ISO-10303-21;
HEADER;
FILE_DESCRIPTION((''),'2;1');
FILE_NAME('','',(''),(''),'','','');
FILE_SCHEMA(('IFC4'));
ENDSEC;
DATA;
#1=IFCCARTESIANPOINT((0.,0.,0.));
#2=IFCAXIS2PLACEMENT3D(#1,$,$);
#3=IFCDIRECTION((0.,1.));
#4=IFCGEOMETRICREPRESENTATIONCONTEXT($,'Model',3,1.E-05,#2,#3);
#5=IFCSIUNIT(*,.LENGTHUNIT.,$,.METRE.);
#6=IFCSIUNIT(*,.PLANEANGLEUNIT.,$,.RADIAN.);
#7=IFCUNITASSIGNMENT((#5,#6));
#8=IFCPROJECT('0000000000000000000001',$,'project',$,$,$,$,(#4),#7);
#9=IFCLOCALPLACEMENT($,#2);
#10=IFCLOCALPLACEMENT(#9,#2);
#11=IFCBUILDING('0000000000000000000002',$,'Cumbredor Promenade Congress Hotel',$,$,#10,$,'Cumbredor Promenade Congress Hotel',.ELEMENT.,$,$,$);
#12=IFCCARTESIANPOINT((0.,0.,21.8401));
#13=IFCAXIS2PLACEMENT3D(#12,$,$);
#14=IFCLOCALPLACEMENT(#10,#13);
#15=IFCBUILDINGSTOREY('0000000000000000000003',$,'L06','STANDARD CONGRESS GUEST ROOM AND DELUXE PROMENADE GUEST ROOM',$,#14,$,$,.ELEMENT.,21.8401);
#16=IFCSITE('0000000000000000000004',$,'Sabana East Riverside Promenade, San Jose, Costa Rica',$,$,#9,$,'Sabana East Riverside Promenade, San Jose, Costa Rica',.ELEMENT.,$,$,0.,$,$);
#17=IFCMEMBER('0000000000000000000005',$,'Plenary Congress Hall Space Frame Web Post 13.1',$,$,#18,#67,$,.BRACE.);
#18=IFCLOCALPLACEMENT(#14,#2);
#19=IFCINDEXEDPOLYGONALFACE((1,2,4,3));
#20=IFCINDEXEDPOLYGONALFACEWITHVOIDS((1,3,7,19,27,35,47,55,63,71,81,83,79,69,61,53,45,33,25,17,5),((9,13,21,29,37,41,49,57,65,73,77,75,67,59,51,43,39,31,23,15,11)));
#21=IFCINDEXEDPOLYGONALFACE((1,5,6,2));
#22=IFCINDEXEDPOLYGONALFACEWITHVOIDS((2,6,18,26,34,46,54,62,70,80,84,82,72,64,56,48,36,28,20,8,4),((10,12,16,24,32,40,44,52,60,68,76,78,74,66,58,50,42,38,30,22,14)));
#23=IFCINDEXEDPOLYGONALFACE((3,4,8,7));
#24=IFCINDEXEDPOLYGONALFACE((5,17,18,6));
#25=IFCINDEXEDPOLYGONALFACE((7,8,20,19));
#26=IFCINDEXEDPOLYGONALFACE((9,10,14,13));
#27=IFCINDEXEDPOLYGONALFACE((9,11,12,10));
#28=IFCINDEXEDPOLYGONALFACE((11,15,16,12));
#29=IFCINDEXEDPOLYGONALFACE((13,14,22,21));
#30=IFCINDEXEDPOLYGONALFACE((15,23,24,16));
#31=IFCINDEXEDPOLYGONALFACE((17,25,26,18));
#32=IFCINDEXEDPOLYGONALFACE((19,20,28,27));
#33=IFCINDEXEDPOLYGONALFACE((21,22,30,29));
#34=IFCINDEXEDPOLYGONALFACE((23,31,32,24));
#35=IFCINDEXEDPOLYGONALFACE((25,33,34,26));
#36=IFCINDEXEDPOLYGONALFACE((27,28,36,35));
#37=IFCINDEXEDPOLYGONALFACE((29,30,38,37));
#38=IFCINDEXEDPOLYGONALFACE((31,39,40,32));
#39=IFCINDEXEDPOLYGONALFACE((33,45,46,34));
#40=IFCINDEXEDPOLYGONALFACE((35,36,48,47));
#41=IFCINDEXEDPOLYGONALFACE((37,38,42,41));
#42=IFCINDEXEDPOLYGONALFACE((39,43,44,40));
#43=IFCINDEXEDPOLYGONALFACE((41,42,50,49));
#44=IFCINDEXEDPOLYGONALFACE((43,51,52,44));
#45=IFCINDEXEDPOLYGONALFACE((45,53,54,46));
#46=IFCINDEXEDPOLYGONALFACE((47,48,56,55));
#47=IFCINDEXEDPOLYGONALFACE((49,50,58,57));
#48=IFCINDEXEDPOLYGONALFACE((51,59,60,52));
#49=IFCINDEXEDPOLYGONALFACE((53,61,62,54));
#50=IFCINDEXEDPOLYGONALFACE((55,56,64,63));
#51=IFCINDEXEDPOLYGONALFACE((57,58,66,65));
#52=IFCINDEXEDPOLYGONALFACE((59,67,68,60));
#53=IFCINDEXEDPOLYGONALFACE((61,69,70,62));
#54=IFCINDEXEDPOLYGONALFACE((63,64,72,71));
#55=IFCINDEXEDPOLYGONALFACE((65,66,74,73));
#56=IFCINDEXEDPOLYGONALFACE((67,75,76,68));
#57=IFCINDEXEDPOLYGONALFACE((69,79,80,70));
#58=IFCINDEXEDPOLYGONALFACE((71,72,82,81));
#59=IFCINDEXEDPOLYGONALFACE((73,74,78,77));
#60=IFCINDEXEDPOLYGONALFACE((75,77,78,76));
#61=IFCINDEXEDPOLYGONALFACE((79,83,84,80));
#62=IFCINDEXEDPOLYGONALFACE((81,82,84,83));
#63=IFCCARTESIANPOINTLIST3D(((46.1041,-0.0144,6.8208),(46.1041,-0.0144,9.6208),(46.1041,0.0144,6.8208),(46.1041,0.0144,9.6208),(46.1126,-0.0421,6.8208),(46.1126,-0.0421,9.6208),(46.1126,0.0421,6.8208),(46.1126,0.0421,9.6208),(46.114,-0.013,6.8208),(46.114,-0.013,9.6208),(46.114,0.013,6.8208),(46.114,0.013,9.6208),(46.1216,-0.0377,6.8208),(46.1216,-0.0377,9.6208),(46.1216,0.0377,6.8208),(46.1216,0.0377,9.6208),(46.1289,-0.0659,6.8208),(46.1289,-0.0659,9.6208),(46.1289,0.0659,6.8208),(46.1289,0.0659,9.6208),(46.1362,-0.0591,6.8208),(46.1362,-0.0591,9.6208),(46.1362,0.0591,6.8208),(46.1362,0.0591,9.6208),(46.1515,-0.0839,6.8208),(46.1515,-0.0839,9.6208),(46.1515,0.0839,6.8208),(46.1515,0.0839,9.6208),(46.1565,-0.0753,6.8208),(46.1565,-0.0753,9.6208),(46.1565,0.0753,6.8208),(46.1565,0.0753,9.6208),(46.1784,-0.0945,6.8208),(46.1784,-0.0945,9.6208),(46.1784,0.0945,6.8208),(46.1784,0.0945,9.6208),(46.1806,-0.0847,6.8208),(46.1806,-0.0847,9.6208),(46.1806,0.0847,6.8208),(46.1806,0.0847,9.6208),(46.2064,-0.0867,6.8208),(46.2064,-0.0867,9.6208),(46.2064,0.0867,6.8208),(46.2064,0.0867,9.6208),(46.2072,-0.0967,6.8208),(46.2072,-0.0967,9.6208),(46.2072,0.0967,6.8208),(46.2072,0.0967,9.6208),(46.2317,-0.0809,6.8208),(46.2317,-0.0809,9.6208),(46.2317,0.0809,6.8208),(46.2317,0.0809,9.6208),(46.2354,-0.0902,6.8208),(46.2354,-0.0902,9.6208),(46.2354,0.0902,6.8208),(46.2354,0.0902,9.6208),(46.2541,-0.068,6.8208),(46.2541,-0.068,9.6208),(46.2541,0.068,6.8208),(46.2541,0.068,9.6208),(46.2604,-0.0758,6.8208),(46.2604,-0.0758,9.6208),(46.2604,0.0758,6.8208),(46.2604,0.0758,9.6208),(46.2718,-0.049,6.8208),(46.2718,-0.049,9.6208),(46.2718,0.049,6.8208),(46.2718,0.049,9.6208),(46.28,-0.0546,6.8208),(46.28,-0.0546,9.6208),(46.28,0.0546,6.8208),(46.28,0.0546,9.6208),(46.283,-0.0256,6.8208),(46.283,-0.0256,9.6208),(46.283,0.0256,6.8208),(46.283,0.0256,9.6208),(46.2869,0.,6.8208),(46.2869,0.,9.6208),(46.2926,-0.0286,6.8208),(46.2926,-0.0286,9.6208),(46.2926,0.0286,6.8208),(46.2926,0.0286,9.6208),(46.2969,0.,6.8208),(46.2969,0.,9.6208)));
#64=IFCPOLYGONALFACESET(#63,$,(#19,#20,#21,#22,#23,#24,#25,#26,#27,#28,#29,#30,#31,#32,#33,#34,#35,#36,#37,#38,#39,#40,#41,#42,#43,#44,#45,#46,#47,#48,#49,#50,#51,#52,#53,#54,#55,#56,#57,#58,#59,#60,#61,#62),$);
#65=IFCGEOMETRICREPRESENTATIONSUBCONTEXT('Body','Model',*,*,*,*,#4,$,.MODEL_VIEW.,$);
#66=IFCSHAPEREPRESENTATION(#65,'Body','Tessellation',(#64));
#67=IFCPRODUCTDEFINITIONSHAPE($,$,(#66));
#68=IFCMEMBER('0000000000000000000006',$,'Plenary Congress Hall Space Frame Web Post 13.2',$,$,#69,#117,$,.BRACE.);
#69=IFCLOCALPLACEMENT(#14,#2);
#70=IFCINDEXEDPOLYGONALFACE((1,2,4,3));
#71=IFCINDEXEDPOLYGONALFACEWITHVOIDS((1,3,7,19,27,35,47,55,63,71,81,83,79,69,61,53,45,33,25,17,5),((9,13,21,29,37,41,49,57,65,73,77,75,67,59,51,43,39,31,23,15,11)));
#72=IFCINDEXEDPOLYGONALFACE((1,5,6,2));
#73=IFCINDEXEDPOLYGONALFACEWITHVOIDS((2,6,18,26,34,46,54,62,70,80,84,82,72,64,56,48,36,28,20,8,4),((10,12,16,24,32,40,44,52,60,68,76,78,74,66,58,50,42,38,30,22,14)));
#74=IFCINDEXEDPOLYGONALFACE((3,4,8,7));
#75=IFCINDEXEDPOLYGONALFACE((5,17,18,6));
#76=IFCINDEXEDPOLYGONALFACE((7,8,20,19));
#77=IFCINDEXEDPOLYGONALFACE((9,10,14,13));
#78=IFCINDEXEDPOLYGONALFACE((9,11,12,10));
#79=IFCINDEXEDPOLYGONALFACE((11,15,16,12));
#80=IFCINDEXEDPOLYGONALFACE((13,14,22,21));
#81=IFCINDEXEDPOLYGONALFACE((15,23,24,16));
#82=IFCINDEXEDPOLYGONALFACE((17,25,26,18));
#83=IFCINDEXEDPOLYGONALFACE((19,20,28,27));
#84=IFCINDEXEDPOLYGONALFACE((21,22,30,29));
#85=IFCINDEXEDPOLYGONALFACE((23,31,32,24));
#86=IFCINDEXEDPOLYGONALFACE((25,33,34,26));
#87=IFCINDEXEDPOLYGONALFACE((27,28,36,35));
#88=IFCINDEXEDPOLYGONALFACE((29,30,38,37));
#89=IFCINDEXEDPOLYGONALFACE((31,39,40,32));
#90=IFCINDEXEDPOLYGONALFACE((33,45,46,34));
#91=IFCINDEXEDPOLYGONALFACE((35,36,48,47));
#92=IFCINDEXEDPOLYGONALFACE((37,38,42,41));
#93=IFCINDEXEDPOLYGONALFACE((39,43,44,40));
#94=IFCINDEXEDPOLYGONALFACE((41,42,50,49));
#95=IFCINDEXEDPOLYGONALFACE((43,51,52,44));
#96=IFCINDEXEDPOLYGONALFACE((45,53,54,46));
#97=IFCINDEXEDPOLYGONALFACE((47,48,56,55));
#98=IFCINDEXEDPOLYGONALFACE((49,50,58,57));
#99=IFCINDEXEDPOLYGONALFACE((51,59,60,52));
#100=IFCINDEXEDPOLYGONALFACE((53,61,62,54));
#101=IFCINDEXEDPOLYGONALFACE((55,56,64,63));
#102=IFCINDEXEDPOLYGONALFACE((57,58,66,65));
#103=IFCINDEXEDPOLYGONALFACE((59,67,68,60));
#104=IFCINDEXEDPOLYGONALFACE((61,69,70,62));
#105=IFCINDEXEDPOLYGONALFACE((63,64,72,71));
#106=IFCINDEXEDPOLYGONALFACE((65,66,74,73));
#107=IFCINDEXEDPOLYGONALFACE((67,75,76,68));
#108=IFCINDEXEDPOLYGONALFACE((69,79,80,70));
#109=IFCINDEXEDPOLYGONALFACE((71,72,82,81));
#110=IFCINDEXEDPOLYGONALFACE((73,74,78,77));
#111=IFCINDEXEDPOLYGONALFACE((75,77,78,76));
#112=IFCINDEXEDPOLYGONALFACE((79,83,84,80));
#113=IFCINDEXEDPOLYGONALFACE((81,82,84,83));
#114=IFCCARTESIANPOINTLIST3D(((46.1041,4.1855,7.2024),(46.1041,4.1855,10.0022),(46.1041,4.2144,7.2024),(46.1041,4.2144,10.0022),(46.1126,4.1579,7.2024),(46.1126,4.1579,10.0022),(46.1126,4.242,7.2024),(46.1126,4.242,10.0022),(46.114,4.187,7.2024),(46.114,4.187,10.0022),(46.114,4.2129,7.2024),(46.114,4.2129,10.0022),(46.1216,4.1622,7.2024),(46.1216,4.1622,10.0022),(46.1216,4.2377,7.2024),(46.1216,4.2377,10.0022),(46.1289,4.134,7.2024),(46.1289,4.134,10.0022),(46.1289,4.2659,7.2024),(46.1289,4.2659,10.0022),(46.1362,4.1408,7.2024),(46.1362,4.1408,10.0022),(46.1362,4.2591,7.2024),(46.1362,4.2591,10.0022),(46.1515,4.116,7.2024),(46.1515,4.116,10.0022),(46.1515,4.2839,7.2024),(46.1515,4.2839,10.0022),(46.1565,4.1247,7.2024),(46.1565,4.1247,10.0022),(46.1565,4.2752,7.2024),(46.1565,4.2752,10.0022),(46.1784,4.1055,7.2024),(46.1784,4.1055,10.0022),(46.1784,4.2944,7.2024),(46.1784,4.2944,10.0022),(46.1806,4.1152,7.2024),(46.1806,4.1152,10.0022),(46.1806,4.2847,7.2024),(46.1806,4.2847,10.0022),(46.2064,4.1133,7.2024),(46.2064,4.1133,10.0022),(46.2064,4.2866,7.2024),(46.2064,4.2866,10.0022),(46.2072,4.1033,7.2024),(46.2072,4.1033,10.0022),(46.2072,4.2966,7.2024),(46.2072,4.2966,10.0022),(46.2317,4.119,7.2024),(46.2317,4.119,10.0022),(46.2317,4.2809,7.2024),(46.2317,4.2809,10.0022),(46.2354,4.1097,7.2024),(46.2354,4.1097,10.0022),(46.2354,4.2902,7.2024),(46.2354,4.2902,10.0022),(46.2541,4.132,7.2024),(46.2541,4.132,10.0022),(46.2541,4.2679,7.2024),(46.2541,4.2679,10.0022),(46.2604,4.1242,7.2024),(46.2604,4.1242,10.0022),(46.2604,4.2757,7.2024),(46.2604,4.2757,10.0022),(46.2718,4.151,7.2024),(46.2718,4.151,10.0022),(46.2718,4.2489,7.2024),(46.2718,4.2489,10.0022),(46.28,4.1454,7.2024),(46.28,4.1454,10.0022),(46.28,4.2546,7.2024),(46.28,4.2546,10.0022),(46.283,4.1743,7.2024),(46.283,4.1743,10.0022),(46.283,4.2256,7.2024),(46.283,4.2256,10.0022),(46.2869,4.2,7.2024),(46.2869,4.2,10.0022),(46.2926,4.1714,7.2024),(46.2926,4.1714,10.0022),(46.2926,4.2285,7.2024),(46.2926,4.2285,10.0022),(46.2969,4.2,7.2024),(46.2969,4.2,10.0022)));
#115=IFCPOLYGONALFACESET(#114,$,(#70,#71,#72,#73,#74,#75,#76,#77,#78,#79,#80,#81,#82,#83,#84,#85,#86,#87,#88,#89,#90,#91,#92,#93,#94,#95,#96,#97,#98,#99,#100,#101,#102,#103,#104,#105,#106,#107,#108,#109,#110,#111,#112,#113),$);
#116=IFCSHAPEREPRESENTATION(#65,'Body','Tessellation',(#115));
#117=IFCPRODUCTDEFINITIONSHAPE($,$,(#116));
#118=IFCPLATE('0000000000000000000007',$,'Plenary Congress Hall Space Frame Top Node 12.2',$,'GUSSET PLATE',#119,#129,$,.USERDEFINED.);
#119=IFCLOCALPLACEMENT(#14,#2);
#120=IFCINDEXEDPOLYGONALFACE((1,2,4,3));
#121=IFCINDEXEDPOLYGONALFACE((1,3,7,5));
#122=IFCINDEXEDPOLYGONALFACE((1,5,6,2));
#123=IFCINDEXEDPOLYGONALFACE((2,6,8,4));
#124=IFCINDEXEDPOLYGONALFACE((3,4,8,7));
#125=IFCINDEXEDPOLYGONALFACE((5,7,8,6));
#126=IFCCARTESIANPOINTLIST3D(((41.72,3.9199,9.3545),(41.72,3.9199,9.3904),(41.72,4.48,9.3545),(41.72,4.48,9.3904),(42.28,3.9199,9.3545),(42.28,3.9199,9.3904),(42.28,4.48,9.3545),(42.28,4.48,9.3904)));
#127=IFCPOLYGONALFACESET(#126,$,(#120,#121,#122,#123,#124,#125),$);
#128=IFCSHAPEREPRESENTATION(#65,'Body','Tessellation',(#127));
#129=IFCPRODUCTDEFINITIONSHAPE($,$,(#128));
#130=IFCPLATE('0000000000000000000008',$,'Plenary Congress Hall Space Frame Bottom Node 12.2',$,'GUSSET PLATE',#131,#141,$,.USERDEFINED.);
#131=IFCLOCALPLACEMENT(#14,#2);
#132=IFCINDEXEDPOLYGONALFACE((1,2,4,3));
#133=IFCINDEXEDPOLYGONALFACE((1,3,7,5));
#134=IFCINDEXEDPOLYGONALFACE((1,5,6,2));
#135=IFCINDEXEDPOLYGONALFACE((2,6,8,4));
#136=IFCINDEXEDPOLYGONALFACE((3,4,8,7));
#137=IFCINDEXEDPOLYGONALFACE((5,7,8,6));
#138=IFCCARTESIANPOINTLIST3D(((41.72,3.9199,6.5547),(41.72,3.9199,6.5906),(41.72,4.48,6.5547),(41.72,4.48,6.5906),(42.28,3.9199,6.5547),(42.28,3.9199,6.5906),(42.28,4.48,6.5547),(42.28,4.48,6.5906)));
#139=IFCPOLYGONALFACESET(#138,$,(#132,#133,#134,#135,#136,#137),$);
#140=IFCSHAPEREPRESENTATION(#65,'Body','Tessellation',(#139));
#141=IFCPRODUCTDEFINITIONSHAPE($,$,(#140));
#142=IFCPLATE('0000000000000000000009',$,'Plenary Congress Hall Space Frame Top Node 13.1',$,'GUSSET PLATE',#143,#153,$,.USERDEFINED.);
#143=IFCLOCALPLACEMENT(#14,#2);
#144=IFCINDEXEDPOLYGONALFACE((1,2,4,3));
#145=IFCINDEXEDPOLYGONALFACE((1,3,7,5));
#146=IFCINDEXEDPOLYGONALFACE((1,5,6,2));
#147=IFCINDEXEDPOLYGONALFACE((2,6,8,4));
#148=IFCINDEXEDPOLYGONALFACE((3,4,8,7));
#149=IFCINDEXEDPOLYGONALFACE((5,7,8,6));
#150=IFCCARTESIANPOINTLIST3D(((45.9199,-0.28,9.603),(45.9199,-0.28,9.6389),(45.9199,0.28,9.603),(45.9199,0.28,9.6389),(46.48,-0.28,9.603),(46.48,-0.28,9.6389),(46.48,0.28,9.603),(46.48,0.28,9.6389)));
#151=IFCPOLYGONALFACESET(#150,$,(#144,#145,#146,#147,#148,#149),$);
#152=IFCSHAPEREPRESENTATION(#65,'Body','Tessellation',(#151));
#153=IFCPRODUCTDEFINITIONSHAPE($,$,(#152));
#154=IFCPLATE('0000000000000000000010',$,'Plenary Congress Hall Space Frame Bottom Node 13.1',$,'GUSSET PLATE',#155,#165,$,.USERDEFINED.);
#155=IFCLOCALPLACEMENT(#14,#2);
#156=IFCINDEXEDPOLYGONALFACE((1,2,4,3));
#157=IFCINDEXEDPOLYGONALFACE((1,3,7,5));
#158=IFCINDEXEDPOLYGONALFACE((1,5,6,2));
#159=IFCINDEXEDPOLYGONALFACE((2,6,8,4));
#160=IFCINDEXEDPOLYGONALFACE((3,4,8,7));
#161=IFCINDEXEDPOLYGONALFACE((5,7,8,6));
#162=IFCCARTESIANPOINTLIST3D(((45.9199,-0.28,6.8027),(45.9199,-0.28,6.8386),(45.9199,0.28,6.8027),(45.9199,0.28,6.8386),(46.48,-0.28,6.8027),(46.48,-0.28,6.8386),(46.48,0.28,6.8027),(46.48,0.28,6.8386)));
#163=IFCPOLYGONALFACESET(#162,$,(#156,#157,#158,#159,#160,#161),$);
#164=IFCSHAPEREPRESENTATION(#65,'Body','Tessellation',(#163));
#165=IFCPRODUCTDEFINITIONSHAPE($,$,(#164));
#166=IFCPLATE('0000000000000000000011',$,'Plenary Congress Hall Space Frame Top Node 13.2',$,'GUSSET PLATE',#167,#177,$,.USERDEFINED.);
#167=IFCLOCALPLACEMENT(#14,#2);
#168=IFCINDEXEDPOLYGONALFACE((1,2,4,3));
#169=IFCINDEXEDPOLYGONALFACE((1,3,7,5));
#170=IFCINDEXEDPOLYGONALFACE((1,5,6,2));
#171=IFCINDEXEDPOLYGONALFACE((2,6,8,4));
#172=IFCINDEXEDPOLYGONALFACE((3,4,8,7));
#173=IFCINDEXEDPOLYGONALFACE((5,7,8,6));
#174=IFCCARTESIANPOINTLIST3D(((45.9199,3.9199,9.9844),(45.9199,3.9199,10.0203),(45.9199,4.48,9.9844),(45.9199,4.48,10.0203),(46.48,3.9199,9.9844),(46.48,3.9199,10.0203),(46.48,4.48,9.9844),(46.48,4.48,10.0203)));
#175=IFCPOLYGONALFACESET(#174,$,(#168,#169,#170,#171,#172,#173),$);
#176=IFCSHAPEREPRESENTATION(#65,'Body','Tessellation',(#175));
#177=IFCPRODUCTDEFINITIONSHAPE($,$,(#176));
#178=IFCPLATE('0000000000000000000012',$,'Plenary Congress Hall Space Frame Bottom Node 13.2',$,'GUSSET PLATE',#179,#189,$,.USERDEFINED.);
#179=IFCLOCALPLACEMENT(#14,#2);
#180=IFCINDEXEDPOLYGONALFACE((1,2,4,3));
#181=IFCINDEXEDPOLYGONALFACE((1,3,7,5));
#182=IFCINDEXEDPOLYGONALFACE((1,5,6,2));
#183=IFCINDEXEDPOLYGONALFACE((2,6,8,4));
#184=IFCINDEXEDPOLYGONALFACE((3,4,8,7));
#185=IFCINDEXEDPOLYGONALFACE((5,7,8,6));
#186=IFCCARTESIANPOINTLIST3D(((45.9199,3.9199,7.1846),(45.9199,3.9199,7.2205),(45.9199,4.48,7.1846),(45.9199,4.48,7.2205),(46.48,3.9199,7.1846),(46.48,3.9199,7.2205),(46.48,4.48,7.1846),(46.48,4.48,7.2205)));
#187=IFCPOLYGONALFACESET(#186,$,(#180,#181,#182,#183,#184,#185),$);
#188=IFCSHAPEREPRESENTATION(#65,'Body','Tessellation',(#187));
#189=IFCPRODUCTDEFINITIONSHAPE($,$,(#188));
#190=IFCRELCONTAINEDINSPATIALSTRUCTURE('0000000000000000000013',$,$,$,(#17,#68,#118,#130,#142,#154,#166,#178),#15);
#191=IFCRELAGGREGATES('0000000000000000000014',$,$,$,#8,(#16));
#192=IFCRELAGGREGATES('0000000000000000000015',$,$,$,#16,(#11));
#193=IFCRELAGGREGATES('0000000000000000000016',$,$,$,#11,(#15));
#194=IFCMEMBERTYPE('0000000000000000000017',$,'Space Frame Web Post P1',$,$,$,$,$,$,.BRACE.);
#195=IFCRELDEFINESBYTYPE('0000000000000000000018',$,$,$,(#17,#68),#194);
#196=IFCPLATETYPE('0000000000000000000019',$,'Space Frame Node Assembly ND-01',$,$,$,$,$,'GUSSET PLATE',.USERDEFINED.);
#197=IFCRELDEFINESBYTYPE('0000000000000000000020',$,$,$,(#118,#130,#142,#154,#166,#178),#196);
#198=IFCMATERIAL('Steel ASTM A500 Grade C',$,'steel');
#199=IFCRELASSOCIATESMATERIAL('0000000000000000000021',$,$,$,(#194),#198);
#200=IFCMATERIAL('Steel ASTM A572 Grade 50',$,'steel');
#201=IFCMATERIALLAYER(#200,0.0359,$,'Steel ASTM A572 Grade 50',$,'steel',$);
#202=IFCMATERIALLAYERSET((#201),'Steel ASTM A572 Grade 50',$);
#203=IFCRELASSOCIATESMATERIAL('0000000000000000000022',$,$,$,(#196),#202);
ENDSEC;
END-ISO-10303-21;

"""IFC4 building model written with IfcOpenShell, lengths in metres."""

from ifc_helpers import new_model, si_unit, direction, frame, origin, origin_2d, place, context, subcontext, project, spatial, rectangle, hollow_circle, extrude, material, layer, layer_set, material_profile, profile_set, type_object, element, save


model = new_model("IFC4")

# Units and contexts
model_context = context("Model", 3, precision=1e-05, world=origin(), true_north=direction((0.0, 1.0)))
body_context = subcontext(model_context, "Body", "Model", "MODEL_VIEW")
ifc_project = project(units=[si_unit("LENGTHUNIT", "METRE"), si_unit("PLANEANGLEUNIT", "RADIAN")], contexts=[model_context])

# Site, building, storey
site_placement = place(None, origin())
site = spatial("IfcSite", under=ifc_project, at=site_placement, Name="Sabana East Riverside Promenade, San Jose, Costa Rica", LongName="Sabana East Riverside Promenade, San Jose, Costa Rica", CompositionType="ELEMENT", RefElevation=0.0)
building_placement = place(site_placement, origin())
building = spatial("IfcBuilding", under=site, at=building_placement, Name="Cumbredor Promenade Congress Hotel", LongName="Cumbredor Promenade Congress Hotel", CompositionType="ELEMENT")
storey_placement = place(building_placement, frame((0.0, 0.0, 21.8401)))
storey = spatial("IfcBuildingStorey", under=building, at=storey_placement, Name="L06", Description="STANDARD CONGRESS GUEST ROOM AND DELUXE PROMENADE GUEST ROOM", CompositionType="ELEMENT", Elevation=21.8401)

# Members
ifc_material_1 = material(Name="Steel ASTM A500 Grade C", Category="steel")
ifc_material_profile_1 = material_profile(ifc_material_1, hollow_circle(Radius=0.0969, WallThickness=0.01, at=origin_2d()), Name="CHS 193.7x10")
ifc_profile_set_1 = profile_set([ifc_material_profile_1], Name="Steel ASTM A500 Grade C")
member_type_1 = type_object("IfcMemberType", Name="Space Frame Web Post P1", PredefinedType="BRACE", material=ifc_profile_set_1)
for number, where, z_axis, x_axis, name in (
    (1, (46.2, 0.0, 6.8208), (0.0, 0.0, 1.0), (1.0, 0.0, 0.0), "Plenary Congress Hall Space Frame Web Post 13.1"),
):
    element("IfcMember", number, at=place(storey_placement, frame(where, z_axis=z_axis, x_axis=x_axis)), inside=storey, type_object=member_type_1, Name=name, PredefinedType="BRACE", context=body_context, shape_type="SweptSolid", body=[
        extrude(hollow_circle(Radius=0.0969, WallThickness=0.01, at=origin_2d()), origin(), (0.0, 0.0, 1.0), 2.8),
    ])
member_1_placement = place(storey_placement, frame((46.2, 4.2, 7.2024), z_axis=(0.0, 0.0, 1.0), x_axis=(1.0, 0.0, 0.0)))
element("IfcMember", 2, at=member_1_placement, inside=storey, type_object=member_type_1, Name="Plenary Congress Hall Space Frame Web Post 13.2", PredefinedType="BRACE", context=body_context, shape_type="SweptSolid", body=[
    extrude(hollow_circle(Radius=0.0969, WallThickness=0.01, at=origin_2d()), origin(), (0.0, 0.0, 1.0), 2.7998),
])

# Plates
ifc_material_2 = material(Name="Steel ASTM A572 Grade 50", Category="steel")
ifc_layer = layer(ifc_material_2, 0.0359, Name="Steel ASTM A572 Grade 50", Category="steel")
ifc_layer_set = layer_set([ifc_layer], Name="Steel ASTM A572 Grade 50")
plate_type = type_object("IfcPlateType", Name="Space Frame Node Assembly ND-01", ElementType="GUSSET PLATE", PredefinedType="USERDEFINED", material=ifc_layer_set)
for number, where, z_axis, x_axis, name in (
    (3, (42.0, 4.2, 9.3545), (0.0, 0.0, 1.0), (1.0, 0.0, 0.0), "Plenary Congress Hall Space Frame Top Node 12.2"),
    (4, (42.0, 4.2, 6.5547), (0.0, 0.0, 1.0), (1.0, 0.0, 0.0), "Plenary Congress Hall Space Frame Bottom Node 12.2"),
    (5, (46.2, 0.0, 9.603), (0.0, 0.0, 1.0), (1.0, 0.0, 0.0), "Plenary Congress Hall Space Frame Top Node 13.1"),
    (6, (46.2, 0.0, 6.8027), (0.0, 0.0, 1.0), (1.0, 0.0, 0.0), "Plenary Congress Hall Space Frame Bottom Node 13.1"),
    (7, (46.2, 4.2, 9.9844), (0.0, 0.0, 1.0), (1.0, 0.0, 0.0), "Plenary Congress Hall Space Frame Top Node 13.2"),
    (8, (46.2, 4.2, 7.1846), (0.0, 0.0, 1.0), (1.0, 0.0, 0.0), "Plenary Congress Hall Space Frame Bottom Node 13.2"),
):
    element("IfcPlate", number, at=place(storey_placement, frame(where, z_axis=z_axis, x_axis=x_axis)), inside=storey, type_object=plate_type, Name=name, ObjectType="GUSSET PLATE", PredefinedType="USERDEFINED", context=body_context, shape_type="SweptSolid", body=[
        extrude(rectangle(XDim=0.5601, YDim=0.5601, at=origin_2d()), origin(), (0.0, 0.0, 1.0), 0.0359),
    ])

save(model, "model.ifc")
